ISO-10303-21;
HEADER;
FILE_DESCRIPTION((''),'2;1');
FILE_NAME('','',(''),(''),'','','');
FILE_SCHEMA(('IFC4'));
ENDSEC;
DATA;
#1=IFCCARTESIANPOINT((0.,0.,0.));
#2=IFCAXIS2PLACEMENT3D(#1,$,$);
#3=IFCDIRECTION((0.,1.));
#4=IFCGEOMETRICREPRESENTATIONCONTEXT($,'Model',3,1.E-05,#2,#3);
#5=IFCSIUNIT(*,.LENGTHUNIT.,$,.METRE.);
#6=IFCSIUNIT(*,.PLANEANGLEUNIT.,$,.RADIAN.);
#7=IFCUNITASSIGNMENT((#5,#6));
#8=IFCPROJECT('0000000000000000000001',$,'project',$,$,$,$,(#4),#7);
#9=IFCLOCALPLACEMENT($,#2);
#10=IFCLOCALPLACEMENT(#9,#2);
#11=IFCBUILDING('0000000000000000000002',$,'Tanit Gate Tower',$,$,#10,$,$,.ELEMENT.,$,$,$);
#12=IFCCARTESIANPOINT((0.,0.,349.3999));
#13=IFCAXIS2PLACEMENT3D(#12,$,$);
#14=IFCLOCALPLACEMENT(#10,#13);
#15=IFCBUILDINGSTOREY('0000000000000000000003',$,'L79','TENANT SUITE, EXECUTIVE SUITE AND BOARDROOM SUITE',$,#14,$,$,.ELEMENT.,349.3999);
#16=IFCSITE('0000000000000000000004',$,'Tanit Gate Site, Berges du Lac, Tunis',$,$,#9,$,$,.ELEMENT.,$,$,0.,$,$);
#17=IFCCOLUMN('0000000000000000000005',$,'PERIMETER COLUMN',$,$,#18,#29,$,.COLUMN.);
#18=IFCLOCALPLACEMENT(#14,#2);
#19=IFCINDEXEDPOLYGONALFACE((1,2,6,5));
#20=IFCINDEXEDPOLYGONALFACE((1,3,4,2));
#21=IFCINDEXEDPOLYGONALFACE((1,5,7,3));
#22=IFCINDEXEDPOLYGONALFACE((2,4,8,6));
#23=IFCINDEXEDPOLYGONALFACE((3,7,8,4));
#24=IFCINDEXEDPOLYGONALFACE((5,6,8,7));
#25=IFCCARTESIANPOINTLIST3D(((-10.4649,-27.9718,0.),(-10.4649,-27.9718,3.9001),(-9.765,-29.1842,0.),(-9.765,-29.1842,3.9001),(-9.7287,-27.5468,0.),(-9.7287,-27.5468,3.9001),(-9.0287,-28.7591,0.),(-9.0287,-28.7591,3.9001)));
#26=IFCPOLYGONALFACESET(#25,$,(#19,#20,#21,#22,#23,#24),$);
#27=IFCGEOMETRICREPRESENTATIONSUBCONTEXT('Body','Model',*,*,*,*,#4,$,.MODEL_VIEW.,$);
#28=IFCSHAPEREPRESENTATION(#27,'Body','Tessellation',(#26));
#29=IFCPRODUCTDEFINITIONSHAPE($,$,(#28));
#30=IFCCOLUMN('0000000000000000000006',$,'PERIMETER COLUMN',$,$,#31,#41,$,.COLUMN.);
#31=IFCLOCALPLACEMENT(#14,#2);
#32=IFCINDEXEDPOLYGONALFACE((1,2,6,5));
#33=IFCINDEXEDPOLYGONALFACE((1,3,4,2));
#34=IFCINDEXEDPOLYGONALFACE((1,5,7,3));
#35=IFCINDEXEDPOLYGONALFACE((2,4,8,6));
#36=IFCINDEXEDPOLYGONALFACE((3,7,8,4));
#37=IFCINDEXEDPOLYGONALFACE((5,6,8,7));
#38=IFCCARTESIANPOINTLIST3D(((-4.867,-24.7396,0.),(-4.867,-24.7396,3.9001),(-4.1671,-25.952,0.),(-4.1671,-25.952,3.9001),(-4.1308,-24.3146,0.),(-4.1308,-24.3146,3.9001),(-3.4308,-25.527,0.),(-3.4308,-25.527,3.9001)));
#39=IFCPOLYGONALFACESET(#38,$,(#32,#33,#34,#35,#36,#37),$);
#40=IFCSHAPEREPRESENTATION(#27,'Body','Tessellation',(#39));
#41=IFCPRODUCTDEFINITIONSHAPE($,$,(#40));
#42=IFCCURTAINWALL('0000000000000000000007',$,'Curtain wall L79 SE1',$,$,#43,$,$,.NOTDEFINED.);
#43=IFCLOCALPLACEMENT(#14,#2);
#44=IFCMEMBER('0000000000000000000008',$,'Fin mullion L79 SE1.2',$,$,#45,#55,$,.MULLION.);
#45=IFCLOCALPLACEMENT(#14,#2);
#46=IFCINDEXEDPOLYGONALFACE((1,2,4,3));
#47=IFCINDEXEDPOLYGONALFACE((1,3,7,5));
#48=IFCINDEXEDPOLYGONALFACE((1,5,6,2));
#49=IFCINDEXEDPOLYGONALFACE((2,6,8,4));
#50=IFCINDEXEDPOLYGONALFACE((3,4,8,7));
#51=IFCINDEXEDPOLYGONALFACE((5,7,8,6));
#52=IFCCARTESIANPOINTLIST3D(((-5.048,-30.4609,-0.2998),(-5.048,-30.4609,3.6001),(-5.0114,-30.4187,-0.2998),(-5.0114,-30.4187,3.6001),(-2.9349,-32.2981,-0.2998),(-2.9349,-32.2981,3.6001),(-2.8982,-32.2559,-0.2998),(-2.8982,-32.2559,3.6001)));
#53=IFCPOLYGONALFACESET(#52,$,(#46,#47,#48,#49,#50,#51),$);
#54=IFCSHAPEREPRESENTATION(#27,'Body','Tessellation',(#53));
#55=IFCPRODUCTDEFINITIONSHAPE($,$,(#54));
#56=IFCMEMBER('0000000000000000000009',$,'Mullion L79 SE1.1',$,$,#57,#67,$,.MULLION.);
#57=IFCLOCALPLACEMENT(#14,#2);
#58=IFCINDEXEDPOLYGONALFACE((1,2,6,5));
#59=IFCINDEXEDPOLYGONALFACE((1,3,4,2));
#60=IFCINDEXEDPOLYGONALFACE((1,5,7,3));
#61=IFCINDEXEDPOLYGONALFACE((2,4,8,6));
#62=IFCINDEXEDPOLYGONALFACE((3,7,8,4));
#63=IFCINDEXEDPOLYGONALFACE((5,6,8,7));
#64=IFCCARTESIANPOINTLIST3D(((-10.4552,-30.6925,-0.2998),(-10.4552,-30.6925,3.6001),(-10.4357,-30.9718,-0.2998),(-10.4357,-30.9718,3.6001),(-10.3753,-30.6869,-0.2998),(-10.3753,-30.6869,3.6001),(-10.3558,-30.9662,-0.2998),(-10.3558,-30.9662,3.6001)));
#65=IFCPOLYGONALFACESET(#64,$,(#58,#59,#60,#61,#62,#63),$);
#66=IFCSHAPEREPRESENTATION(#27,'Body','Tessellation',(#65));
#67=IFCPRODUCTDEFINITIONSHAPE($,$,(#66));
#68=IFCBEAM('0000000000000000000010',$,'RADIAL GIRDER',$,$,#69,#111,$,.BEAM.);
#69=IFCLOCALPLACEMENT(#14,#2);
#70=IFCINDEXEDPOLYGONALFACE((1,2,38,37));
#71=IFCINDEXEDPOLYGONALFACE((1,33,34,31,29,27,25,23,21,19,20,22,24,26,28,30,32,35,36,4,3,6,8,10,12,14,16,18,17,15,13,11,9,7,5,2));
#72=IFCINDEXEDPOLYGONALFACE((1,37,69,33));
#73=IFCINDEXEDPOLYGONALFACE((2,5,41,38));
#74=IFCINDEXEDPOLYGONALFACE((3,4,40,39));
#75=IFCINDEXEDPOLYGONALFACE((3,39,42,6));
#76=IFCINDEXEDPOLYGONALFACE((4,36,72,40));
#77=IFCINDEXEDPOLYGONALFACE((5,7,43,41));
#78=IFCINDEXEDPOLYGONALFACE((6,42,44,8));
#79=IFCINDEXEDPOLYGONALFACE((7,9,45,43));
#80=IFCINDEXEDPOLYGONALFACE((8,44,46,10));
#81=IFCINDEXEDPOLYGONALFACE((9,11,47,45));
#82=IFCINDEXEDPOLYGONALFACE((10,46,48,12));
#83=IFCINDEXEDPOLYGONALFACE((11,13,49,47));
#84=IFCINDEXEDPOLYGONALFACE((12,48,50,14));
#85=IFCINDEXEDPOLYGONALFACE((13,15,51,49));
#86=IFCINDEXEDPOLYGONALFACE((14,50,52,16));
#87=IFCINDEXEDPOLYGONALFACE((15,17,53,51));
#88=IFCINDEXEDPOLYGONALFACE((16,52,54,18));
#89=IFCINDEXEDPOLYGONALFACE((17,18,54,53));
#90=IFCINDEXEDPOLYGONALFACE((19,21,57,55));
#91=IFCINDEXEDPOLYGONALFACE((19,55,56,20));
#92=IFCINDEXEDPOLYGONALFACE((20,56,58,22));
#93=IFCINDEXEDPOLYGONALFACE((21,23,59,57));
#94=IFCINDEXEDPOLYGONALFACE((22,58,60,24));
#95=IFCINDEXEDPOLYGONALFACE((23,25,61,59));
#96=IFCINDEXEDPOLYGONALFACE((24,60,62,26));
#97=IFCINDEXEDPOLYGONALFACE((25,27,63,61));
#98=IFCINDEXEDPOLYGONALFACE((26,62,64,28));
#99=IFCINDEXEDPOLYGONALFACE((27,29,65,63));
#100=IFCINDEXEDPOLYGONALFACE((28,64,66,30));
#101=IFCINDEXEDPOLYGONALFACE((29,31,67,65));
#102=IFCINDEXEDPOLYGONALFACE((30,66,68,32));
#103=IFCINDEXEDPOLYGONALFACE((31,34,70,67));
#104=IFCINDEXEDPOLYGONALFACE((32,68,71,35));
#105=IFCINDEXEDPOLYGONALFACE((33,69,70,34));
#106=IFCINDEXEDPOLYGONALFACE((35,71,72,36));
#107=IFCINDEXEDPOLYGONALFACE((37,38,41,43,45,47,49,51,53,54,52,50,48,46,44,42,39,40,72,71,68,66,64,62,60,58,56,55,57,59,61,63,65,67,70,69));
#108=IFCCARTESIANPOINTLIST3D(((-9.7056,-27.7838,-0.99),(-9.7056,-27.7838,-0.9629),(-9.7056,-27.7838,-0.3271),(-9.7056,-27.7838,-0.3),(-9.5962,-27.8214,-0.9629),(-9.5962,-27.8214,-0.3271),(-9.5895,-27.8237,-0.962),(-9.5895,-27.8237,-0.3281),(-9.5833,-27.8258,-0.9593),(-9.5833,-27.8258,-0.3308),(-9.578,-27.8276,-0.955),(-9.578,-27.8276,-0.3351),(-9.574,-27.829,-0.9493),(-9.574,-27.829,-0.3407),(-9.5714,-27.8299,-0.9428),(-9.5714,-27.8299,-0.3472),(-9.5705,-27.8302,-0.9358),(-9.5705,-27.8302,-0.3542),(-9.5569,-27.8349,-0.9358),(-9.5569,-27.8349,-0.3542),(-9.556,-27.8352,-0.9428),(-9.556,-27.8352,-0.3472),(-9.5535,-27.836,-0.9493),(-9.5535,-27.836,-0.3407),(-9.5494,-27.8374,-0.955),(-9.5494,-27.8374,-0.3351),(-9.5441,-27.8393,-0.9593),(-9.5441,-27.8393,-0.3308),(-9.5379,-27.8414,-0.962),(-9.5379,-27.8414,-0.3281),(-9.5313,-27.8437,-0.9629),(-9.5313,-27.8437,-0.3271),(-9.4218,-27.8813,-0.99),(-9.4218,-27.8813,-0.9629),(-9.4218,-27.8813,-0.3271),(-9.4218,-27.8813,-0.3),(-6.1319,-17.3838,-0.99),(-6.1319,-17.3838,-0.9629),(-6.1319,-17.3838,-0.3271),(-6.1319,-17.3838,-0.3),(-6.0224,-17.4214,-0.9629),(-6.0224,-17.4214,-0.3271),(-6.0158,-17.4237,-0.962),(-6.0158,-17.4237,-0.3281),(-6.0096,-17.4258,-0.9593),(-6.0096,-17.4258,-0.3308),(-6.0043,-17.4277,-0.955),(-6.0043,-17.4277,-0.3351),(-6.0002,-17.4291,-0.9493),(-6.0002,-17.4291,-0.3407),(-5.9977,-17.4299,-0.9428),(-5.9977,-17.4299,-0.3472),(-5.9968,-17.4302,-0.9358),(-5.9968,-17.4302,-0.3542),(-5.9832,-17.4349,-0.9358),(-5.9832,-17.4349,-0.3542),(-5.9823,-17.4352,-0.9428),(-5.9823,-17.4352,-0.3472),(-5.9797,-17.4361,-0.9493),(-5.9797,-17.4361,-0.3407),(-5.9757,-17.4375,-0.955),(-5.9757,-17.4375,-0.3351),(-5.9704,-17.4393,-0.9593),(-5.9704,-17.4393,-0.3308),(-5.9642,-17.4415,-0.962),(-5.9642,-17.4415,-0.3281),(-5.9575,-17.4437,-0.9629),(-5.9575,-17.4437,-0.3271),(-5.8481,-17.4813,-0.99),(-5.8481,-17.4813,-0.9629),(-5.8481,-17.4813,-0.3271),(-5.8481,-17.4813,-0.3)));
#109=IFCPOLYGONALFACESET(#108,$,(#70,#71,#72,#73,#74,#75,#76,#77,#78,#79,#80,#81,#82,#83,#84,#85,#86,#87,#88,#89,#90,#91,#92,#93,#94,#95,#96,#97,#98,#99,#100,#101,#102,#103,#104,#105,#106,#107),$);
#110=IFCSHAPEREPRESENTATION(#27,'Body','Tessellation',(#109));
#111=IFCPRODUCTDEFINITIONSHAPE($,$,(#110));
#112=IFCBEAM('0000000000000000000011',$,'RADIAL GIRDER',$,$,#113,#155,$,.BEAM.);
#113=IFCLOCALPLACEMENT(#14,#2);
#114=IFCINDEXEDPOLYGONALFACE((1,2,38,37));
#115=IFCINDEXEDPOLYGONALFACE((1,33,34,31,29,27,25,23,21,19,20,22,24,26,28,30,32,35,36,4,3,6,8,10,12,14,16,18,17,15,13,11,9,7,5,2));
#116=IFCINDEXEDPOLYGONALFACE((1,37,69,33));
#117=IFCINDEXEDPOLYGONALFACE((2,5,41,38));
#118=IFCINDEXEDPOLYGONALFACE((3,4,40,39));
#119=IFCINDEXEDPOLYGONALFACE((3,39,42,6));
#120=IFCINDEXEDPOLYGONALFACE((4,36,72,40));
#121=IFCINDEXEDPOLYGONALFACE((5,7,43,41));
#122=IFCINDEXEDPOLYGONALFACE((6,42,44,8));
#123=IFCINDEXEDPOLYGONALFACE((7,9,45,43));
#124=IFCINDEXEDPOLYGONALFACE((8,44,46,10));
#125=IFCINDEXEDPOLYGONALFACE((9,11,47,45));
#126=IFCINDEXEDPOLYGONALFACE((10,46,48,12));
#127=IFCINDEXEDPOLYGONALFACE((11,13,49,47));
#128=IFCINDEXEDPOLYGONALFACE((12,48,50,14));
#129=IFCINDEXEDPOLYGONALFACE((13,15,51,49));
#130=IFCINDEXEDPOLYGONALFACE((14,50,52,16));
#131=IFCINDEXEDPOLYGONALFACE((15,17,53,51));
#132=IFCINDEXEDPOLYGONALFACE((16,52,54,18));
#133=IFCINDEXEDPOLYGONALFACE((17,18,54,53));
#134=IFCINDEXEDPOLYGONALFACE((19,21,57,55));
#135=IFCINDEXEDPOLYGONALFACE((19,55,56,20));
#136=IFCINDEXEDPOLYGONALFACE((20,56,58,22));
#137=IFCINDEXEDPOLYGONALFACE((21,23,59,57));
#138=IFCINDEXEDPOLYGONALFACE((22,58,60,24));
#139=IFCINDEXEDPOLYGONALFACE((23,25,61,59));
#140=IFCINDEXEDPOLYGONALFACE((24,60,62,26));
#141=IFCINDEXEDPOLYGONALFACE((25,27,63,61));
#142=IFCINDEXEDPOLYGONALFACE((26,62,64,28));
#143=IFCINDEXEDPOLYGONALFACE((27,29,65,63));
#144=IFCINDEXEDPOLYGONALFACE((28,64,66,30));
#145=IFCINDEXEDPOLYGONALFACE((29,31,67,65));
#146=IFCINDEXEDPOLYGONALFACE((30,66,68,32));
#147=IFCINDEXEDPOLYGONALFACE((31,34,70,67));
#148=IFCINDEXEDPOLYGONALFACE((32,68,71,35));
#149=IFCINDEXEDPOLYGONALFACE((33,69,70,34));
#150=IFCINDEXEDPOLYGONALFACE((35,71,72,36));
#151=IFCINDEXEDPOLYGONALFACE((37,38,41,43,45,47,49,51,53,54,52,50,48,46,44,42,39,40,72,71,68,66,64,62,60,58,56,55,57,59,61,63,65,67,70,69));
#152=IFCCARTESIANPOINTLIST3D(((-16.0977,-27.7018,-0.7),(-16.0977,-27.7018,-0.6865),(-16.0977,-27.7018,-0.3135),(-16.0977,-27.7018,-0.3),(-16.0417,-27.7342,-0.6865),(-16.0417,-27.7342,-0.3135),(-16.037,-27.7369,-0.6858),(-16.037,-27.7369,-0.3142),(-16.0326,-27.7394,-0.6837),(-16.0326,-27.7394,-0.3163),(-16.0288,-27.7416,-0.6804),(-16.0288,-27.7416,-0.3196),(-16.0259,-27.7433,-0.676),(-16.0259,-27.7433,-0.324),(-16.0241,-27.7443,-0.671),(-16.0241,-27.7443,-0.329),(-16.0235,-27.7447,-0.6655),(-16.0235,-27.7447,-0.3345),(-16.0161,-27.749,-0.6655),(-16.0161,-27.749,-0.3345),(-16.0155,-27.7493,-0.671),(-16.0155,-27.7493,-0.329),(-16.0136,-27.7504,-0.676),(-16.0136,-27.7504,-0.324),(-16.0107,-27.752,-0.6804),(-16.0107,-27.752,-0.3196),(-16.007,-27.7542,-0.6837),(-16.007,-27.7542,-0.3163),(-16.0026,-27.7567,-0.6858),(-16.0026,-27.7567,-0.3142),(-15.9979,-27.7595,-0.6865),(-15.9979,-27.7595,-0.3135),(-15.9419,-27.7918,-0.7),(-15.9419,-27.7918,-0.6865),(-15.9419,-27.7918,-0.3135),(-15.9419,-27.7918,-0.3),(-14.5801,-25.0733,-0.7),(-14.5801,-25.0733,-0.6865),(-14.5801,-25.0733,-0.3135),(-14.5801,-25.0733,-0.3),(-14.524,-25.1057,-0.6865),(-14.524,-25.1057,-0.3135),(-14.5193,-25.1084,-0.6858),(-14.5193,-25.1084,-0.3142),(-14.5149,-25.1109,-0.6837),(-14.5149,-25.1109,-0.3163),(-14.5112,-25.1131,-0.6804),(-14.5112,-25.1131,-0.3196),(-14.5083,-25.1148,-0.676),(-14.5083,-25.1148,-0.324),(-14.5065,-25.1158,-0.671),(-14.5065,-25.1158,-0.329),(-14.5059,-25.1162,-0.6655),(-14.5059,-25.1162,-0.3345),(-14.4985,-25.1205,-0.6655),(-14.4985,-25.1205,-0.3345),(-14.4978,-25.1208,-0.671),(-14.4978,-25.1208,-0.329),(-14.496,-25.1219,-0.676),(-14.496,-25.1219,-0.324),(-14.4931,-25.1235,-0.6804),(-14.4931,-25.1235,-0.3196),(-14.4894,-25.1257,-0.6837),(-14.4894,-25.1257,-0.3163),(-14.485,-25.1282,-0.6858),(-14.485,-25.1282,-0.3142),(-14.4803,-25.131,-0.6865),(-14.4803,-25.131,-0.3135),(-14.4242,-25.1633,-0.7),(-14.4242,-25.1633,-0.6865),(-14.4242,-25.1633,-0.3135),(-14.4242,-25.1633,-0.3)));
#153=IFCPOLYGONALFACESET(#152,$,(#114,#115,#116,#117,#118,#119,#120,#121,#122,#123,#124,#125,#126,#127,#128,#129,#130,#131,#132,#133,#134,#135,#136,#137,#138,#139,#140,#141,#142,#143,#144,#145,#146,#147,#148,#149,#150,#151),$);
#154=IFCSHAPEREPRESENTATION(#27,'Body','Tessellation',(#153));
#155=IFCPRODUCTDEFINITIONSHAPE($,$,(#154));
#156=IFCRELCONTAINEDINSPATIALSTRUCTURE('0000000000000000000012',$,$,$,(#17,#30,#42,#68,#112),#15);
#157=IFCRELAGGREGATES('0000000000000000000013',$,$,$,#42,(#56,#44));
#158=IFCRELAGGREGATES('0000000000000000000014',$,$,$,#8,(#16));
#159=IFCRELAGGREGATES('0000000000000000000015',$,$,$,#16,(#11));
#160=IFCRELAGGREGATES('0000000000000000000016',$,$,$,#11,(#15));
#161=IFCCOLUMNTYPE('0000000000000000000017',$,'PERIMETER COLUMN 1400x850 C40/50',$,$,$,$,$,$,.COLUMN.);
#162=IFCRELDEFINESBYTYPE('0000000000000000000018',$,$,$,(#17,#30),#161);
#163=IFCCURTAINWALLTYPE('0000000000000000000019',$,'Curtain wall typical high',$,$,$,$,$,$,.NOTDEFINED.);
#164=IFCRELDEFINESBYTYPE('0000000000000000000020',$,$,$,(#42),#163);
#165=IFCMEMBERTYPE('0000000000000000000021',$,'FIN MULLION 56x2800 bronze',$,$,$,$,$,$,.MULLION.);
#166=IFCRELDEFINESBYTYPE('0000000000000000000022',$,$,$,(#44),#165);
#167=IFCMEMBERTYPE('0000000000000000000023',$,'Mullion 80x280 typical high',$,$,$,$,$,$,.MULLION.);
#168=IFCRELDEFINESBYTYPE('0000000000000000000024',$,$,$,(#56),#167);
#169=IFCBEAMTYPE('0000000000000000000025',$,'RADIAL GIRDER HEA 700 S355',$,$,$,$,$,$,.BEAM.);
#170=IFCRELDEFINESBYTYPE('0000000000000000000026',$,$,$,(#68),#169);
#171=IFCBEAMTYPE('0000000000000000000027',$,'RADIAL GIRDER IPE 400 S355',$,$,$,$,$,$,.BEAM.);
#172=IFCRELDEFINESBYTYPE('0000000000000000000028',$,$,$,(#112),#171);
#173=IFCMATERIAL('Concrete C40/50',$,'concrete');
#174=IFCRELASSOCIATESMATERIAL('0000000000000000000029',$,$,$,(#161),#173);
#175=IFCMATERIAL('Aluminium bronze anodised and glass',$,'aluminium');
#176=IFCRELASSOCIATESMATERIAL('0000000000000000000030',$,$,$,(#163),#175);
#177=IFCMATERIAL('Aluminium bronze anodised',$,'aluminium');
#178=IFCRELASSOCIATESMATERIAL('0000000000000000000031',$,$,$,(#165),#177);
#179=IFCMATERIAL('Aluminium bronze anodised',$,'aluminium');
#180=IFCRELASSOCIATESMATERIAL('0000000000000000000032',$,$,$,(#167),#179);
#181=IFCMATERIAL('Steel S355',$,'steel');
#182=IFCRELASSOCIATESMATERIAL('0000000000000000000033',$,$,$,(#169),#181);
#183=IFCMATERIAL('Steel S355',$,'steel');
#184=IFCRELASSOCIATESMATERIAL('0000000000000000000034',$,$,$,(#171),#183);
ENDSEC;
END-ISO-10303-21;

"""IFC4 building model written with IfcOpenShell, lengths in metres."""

from ifc_helpers import new_model, si_unit, direction, frame, origin, origin_2d, place, context, subcontext, project, spatial, rectangle, i_section, extrude, material, material_profile, profile_set, type_object, element, aggregate, save


model = new_model("IFC4")

# Units and contexts
model_context = context("Model", 3, precision=1e-05, world=origin(), true_north=direction((0.0, 1.0)))
body_context = subcontext(model_context, "Body", "Model", "MODEL_VIEW")
ifc_project = project(units=[si_unit("LENGTHUNIT", "METRE"), si_unit("PLANEANGLEUNIT", "RADIAN")], contexts=[model_context])

# Site, building, storey
site_placement = place(None, origin())
site = spatial("IfcSite", under=ifc_project, at=site_placement, Name="Tanit Gate Site, Berges du Lac, Tunis", CompositionType="ELEMENT", RefElevation=0.0)
building_placement = place(site_placement, origin())
building = spatial("IfcBuilding", under=site, at=building_placement, Name="Tanit Gate Tower", CompositionType="ELEMENT")
storey_placement = place(building_placement, frame((0.0, 0.0, 349.3999)))
storey = spatial("IfcBuildingStorey", under=building, at=storey_placement, Name="L79", Description="TENANT SUITE, EXECUTIVE SUITE AND BOARDROOM SUITE", CompositionType="ELEMENT", Elevation=349.3999)

# Columns
ifc_material_1 = material(Name="Concrete C40/50", Category="concrete")
ifc_material_profile_1 = material_profile(ifc_material_1, rectangle(XDim=1.3999, YDim=0.8501, at=origin_2d()), Name="RC 1400x850")
ifc_profile_set_1 = profile_set([ifc_material_profile_1], Name="Concrete C40/50")
column_type = type_object("IfcColumnType", Name="PERIMETER COLUMN 1400x850 C40/50", PredefinedType="COLUMN", material=ifc_profile_set_1)
for number, where, z_axis, x_axis, name in (
    (1, (-9.7468, -28.3655, 0.0), (0.0, 0.0, 1.0), (0.5, -0.866025, 0.0), "PERIMETER COLUMN"),
    (2, (-4.1489, -25.1333, 0.0), (0.0, 0.0, 1.0), (0.5, -0.866025, 0.0), "PERIMETER COLUMN"),
):
    element("IfcColumn", number, at=place(storey_placement, frame(where, z_axis=z_axis, x_axis=x_axis)), inside=storey, type_object=column_type, Name=name, PredefinedType="COLUMN", context=body_context, shape_type="SweptSolid", body=[
        extrude(rectangle(XDim=1.3999, YDim=0.8501, at=origin_2d()), origin(), (0.0, 0.0, 1.0), 3.9001),
    ])

# Curtain wall, members
ifc_material_2 = material(Name="Aluminium bronze anodised and glass", Category="aluminium")
curtain_wall_type = type_object("IfcCurtainWallType", Name="Curtain wall typical high", PredefinedType="NOTDEFINED", material=ifc_material_2)
curtain_wall_placement = place(storey_placement, origin())
curtain_wall = element("IfcCurtainWall", 3, at=curtain_wall_placement, inside=storey, type_object=curtain_wall_type, Name="Curtain wall L79 SE1", PredefinedType="NOTDEFINED")
ifc_material_3 = material(Name="Aluminium bronze anodised", Category="aluminium")
ifc_material_profile_2 = material_profile(ifc_material_3, rectangle(XDim=2.8, YDim=0.0559, at=origin_2d()), Name="56x2800 bronze fin mullion")
ifc_profile_set_2 = profile_set([ifc_material_profile_2], Name="Aluminium bronze anodised")
member_type_1 = type_object("IfcMemberType", Name="FIN MULLION 56x2800 bronze", PredefinedType="MULLION", material=ifc_profile_set_2)
member_1_placement = place(storey_placement, frame((-3.9731, -31.3584, -0.2998), z_axis=(0.0, 0.0, 1.0), x_axis=(-0.754674, 0.6561, 0.0)))
member_1 = element("IfcMember", 4, at=member_1_placement, type_object=member_type_1, Name="Fin mullion L79 SE1.2", PredefinedType="MULLION", context=body_context, shape_type="SweptSolid", body=[
    extrude(rectangle(XDim=2.8, YDim=0.0559, at=origin_2d()), origin(), (0.0, 0.0, 1.0), 3.8999),
])
ifc_material_4 = material(Name="Aluminium bronze anodised", Category="aluminium")
ifc_material_profile_3 = material_profile(ifc_material_4, rectangle(XDim=0.28, YDim=0.0801, at=origin_2d()), Name="80x280 bronze mullion")
ifc_profile_set_3 = profile_set([ifc_material_profile_3], Name="Aluminium bronze anodised")
member_type_2 = type_object("IfcMemberType", Name="Mullion 80x280 typical high", PredefinedType="MULLION", material=ifc_profile_set_3)
member_2_placement = place(storey_placement, frame((-10.4055, -30.8293, -0.2998), z_axis=(0.0, 0.0, 1.0), x_axis=(-0.069702, 0.997568, 0.0)))
member_2 = element("IfcMember", 5, at=member_2_placement, type_object=member_type_2, Name="Mullion L79 SE1.1", PredefinedType="MULLION", context=body_context, shape_type="SweptSolid", body=[
    extrude(rectangle(XDim=0.28, YDim=0.0801, at=origin_2d()), origin(), (0.0, 0.0, 1.0), 3.8999),
])

# Beams
ifc_material_5 = material(Name="Steel S355", Category="steel")
ifc_material_profile_4 = material_profile(ifc_material_5, i_section(OverallWidth=0.3, OverallDepth=0.6899, WebThickness=0.0144, FlangeThickness=0.0271, FilletRadius=0.0271, at=origin_2d()), Name="HEA 700")
ifc_profile_set_4 = profile_set([ifc_material_profile_4], Name="Steel S355")
beam_type_1 = type_object("IfcBeamType", Name="RADIAL GIRDER HEA 700 S355", PredefinedType="BEAM", material=ifc_profile_set_4)
beam_1_placement = place(storey_placement, frame((-9.5637, -27.8325, -0.645), z_axis=(0.324979, 0.945721, 0.0), x_axis=(-0.945721, 0.324979, 0.0)))
element("IfcBeam", 6, at=beam_1_placement, inside=storey, type_object=beam_type_1, Name="RADIAL GIRDER", PredefinedType="BEAM", context=body_context, shape_type="SweptSolid", body=[
    extrude(i_section(OverallWidth=0.3, OverallDepth=0.6899, WebThickness=0.0144, FlangeThickness=0.0271, FilletRadius=0.0271, at=origin_2d()), origin(), (0.0, 0.0, 1.0), 10.9968),
])
ifc_material_6 = material(Name="Steel S355", Category="steel")
ifc_material_profile_5 = material_profile(ifc_material_6, i_section(OverallWidth=0.1799, OverallDepth=0.3999, WebThickness=0.0085, FlangeThickness=0.0134, FilletRadius=0.021, at=origin_2d()), Name="IPE 400")
ifc_profile_set_5 = profile_set([ifc_material_profile_5], Name="Steel S355")
beam_type_2 = type_object("IfcBeamType", Name="RADIAL GIRDER IPE 400 S355", PredefinedType="BEAM", material=ifc_profile_set_5)
beam_2_placement = place(storey_placement, frame((-16.0198, -27.7468, -0.5), z_axis=(0.500015, 0.866017, 0.0), x_axis=(-0.866017, 0.500015, 0.0)))
element("IfcBeam", 7, at=beam_2_placement, inside=storey, type_object=beam_type_2, Name="RADIAL GIRDER", PredefinedType="BEAM", context=body_context, shape_type="SweptSolid", body=[
    extrude(i_section(OverallWidth=0.1799, OverallDepth=0.3999, WebThickness=0.0085, FlangeThickness=0.0134, FilletRadius=0.021, at=origin_2d()), origin(), (0.0, 0.0, 1.0), 3.0352),
])

aggregate(curtain_wall, [member_2, member_1])

save(model, "model.ifc")
